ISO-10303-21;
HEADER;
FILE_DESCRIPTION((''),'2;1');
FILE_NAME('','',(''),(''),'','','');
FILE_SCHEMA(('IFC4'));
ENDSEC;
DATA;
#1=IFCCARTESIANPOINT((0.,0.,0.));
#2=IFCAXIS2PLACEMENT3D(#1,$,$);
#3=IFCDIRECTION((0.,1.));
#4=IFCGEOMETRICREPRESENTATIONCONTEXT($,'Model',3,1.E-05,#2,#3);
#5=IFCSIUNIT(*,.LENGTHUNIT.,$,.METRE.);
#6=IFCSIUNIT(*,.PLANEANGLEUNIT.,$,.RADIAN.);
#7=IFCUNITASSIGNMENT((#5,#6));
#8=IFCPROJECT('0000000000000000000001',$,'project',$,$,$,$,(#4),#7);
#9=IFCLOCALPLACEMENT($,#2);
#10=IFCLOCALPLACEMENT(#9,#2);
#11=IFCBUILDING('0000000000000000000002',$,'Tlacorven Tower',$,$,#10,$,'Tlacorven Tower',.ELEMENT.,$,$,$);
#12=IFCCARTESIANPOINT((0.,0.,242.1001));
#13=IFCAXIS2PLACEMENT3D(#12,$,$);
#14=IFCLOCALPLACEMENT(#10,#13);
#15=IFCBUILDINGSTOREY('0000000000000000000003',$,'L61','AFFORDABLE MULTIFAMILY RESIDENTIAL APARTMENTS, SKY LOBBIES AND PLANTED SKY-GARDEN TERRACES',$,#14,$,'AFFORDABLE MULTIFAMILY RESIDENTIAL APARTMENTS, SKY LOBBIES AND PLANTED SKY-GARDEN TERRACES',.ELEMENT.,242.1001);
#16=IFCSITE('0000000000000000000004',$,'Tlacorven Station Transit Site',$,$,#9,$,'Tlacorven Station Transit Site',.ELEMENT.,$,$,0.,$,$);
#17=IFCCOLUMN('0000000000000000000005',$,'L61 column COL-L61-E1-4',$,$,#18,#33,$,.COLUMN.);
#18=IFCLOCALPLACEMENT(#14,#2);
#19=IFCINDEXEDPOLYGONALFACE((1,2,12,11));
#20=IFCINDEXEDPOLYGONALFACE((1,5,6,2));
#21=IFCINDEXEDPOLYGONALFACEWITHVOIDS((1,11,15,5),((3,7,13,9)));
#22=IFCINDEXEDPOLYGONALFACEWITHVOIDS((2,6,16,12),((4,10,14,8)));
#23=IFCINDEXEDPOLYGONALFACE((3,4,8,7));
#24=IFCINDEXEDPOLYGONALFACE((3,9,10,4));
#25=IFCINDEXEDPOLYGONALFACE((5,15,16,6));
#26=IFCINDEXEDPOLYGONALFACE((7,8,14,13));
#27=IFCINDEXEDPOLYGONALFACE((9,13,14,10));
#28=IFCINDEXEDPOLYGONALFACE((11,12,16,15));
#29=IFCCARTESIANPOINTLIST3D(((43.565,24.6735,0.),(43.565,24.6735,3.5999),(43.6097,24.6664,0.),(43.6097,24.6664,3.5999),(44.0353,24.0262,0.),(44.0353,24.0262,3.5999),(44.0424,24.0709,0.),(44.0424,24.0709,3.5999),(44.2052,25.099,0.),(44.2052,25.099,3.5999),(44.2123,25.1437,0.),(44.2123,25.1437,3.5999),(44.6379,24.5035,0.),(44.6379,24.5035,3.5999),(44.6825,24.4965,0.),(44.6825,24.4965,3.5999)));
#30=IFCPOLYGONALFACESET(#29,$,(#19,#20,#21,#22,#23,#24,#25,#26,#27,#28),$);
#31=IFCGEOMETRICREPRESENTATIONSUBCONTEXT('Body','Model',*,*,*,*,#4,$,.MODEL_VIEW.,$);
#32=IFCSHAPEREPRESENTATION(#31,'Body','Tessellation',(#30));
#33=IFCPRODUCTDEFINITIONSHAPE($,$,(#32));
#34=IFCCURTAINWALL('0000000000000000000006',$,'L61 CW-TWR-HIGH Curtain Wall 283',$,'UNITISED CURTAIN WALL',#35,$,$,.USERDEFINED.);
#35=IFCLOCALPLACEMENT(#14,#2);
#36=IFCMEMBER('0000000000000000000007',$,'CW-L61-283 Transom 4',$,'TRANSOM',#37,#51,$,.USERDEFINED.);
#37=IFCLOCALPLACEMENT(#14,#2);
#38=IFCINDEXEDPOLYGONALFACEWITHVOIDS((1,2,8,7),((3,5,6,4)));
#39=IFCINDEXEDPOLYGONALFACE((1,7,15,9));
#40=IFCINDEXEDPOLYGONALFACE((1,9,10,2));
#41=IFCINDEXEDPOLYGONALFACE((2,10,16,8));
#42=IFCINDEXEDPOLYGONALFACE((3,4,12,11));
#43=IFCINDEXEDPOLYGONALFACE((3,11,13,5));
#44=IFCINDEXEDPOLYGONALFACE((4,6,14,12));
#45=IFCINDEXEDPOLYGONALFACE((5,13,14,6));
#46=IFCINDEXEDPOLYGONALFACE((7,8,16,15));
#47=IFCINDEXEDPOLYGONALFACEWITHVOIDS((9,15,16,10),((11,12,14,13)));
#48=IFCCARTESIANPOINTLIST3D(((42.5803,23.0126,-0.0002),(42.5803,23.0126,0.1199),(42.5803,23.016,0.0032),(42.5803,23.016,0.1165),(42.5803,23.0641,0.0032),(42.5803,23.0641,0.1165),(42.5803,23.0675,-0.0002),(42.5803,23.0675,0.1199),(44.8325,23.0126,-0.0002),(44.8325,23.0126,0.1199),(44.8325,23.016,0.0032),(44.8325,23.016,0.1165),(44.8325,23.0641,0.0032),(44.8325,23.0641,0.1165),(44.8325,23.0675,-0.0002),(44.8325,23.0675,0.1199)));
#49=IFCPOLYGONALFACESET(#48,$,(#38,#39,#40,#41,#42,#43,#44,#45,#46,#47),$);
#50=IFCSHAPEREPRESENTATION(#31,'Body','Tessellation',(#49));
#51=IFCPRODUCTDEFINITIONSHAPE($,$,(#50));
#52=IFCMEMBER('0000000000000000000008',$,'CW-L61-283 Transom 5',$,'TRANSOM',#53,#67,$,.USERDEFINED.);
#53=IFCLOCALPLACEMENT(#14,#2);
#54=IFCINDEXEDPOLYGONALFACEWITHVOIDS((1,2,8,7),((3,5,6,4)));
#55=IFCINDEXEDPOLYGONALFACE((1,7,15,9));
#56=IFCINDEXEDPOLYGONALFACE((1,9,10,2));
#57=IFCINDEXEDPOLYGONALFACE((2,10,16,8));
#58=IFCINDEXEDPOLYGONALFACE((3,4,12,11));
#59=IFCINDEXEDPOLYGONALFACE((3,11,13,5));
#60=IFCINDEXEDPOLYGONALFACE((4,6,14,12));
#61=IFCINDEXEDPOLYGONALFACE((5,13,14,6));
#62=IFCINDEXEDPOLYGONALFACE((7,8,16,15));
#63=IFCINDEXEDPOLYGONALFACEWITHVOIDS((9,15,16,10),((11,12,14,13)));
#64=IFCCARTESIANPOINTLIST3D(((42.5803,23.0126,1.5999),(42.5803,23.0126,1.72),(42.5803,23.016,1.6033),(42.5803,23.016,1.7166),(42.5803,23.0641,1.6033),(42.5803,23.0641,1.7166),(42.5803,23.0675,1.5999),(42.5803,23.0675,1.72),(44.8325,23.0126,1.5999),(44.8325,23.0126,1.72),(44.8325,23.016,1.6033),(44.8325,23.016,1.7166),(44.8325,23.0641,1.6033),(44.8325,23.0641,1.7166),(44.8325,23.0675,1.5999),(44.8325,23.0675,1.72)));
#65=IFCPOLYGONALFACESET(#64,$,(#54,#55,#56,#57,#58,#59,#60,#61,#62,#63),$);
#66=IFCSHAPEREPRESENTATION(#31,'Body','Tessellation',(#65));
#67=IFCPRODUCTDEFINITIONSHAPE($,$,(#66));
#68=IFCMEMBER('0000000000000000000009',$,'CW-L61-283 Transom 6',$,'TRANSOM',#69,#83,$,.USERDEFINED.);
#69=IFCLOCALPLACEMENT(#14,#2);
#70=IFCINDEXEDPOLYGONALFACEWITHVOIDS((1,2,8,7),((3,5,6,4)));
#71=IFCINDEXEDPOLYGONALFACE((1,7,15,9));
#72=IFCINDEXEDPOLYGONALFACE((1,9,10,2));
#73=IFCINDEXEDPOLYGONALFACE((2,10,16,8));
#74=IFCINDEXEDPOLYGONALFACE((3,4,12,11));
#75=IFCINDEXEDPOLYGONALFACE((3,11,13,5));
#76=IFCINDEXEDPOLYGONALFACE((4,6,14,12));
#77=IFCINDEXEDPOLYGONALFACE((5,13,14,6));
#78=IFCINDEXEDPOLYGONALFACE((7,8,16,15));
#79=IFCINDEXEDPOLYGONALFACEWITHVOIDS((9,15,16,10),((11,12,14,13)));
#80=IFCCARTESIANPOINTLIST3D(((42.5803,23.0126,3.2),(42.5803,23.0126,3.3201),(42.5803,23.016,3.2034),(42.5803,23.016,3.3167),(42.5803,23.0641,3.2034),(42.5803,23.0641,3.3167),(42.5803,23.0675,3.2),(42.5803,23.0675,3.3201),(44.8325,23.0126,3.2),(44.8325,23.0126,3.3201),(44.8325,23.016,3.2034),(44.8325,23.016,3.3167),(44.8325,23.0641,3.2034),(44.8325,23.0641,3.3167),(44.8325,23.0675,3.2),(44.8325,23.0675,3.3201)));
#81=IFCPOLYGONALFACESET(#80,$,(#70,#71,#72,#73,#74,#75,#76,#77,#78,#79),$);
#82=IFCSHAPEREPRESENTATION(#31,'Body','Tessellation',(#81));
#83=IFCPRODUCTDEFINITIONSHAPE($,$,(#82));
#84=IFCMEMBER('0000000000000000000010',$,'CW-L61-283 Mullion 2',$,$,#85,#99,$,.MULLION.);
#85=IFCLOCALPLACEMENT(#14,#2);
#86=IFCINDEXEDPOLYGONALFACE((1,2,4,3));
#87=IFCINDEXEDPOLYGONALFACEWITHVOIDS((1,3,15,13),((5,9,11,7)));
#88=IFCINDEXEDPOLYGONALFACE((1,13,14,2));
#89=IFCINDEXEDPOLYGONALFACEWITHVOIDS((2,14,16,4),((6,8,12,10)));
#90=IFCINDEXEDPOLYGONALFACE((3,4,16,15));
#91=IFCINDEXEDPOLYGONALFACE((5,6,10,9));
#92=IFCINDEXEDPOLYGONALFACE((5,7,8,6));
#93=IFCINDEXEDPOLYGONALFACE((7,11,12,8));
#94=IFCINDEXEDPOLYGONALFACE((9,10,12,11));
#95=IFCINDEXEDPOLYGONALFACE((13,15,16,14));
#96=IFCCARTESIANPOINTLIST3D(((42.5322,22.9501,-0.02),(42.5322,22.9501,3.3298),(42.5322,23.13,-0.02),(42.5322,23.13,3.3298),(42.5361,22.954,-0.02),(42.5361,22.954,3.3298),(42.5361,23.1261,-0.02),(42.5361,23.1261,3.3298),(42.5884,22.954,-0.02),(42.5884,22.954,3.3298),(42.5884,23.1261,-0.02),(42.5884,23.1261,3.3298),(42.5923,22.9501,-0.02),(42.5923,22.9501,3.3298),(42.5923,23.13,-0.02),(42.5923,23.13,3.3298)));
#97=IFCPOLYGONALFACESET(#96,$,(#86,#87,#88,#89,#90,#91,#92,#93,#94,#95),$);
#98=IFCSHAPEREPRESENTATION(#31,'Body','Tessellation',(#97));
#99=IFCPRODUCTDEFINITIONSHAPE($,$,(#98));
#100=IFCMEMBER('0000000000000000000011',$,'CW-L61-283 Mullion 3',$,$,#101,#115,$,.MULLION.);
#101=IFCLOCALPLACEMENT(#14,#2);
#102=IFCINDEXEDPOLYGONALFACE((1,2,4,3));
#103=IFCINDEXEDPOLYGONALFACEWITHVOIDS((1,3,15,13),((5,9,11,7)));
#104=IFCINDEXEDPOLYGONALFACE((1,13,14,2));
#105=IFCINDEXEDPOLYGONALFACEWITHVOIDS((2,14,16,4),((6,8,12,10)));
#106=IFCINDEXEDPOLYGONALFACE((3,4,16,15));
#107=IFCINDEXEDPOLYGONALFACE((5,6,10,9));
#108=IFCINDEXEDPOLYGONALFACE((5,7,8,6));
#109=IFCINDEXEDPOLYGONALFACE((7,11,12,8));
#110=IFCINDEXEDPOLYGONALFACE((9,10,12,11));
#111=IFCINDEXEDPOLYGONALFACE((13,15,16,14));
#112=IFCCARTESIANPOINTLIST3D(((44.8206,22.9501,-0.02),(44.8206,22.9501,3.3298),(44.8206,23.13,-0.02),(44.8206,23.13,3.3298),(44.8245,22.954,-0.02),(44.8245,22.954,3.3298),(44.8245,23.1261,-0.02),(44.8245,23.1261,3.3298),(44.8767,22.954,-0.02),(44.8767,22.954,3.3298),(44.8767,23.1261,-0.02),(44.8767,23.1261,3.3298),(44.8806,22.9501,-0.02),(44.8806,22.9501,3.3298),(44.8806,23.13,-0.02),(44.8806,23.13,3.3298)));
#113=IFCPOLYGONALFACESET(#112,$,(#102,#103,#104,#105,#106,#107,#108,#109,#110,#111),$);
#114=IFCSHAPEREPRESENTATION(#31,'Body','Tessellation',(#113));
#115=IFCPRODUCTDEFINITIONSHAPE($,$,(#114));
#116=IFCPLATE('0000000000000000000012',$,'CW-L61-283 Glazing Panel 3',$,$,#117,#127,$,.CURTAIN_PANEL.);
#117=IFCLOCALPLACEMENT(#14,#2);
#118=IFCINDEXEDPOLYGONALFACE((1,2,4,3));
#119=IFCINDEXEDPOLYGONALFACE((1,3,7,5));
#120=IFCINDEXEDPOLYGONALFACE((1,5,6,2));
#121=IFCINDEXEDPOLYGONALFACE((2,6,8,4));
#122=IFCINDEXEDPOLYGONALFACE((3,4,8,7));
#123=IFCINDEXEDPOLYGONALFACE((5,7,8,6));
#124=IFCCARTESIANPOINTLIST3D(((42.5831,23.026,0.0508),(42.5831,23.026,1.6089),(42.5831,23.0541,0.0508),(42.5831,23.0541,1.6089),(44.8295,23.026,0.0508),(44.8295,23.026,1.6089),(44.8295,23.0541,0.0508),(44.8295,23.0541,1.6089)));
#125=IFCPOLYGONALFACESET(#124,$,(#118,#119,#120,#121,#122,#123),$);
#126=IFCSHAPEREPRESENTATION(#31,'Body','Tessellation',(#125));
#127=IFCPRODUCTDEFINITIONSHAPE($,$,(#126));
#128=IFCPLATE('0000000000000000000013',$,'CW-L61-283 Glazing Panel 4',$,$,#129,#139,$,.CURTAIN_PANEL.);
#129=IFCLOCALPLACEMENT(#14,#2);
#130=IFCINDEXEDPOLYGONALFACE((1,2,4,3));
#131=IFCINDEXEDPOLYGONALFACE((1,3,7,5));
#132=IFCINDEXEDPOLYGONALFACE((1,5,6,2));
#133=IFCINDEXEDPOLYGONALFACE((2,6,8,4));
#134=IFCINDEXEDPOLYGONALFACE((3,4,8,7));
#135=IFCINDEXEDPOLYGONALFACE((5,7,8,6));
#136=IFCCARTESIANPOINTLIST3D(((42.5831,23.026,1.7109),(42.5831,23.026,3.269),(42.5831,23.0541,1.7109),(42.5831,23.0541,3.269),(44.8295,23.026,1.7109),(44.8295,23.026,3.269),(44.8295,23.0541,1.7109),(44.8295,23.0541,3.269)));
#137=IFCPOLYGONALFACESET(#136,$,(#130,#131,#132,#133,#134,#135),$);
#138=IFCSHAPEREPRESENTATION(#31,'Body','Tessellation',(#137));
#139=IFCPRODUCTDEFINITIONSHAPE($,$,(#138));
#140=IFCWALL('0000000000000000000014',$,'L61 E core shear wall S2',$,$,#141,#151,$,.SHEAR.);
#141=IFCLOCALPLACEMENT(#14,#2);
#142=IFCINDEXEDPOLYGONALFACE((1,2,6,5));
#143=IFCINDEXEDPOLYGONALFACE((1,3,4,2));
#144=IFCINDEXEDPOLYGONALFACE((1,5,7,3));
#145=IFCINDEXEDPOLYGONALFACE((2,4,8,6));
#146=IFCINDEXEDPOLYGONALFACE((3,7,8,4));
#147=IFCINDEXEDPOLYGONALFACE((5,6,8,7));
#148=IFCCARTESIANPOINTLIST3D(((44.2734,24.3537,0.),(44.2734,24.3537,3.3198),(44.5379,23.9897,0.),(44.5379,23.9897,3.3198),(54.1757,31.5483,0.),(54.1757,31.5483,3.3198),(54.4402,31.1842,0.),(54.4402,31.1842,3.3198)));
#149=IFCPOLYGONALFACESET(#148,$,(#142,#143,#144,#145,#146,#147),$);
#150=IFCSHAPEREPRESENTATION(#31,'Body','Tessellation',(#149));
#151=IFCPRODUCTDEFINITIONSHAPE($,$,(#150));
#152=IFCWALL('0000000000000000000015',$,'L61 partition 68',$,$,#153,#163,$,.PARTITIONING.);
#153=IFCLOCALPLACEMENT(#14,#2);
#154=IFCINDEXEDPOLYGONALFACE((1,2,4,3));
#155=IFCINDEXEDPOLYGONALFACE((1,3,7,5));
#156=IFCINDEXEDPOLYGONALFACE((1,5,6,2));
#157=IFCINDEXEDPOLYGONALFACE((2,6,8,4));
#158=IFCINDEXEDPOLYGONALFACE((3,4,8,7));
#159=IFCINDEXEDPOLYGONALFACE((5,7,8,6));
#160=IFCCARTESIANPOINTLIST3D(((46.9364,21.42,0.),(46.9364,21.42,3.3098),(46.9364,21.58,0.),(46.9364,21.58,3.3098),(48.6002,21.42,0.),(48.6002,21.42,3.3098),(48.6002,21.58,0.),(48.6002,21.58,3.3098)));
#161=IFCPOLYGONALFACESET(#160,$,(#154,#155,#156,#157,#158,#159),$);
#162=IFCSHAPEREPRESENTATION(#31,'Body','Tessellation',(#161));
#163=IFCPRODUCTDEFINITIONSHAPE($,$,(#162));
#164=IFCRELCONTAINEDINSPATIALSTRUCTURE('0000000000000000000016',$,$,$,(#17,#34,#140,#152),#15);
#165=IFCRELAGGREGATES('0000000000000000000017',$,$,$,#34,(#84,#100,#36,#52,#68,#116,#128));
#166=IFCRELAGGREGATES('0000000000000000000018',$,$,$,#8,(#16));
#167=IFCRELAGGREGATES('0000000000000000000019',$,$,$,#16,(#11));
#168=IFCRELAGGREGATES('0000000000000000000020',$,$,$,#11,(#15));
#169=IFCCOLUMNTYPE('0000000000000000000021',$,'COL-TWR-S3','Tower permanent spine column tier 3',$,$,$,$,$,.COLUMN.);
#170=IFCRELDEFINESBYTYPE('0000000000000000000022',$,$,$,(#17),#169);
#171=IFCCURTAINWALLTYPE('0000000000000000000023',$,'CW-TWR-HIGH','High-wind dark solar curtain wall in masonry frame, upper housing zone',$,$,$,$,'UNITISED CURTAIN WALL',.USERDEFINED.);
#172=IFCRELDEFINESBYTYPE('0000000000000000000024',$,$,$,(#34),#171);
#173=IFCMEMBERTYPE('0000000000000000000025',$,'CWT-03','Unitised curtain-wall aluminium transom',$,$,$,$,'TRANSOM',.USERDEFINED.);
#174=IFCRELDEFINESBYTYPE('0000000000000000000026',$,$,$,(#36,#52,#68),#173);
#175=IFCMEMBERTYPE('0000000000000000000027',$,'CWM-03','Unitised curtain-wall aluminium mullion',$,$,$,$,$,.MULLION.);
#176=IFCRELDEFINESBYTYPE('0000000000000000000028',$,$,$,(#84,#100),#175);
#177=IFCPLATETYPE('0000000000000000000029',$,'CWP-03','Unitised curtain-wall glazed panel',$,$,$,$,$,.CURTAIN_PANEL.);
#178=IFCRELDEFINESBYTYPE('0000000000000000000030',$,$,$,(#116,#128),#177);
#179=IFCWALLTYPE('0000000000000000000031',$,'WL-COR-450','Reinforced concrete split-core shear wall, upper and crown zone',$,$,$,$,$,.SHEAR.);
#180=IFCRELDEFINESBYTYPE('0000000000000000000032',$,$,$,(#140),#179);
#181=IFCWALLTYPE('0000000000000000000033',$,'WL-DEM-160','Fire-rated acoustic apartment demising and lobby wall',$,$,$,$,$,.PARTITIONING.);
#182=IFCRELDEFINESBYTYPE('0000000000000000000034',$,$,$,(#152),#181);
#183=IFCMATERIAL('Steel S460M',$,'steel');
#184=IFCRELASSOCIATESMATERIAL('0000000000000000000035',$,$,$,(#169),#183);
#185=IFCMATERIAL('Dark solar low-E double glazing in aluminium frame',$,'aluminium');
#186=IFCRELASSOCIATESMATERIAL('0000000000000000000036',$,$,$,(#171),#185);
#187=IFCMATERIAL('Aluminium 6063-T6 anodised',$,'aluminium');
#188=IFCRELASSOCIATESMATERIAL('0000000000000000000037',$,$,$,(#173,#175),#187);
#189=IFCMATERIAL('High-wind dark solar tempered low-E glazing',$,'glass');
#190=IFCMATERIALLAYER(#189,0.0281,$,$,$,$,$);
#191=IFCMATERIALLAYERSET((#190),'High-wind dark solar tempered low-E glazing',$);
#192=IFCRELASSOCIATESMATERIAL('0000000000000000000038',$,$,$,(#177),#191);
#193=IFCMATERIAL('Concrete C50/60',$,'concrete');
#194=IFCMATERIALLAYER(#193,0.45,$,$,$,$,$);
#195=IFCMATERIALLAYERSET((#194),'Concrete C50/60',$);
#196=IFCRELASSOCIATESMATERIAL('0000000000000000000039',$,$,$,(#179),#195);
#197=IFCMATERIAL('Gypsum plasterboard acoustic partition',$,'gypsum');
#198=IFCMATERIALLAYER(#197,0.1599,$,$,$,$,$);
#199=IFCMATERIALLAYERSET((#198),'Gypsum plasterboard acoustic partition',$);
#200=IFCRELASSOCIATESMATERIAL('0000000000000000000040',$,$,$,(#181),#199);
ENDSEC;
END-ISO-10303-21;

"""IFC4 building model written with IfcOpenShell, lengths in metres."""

from ifc_helpers import new_model, si_unit, direction, frame, frame_2d, origin, origin_2d, place, context, subcontext, project, spatial, rectangle, hollow_rectangle, extrude, source, transform, mapped, material, layer, layer_set, material_profile, profile_set, type_object, element, aggregate, save


model = new_model("IFC4")

# Units and contexts
model_context = context("Model", 3, precision=1e-05, world=origin(), true_north=direction((0.0, 1.0)))
body_context = subcontext(model_context, "Body", "Model", "MODEL_VIEW")
ifc_project = project(units=[si_unit("LENGTHUNIT", "METRE"), si_unit("PLANEANGLEUNIT", "RADIAN")], contexts=[model_context])

# Site, building, storey
site_placement = place(None, origin())
site = spatial("IfcSite", under=ifc_project, at=site_placement, Name="Tlacorven Station Transit Site", LongName="Tlacorven Station Transit Site", CompositionType="ELEMENT", RefElevation=0.0)
building_placement = place(site_placement, origin())
building = spatial("IfcBuilding", under=site, at=building_placement, Name="Tlacorven Tower", LongName="Tlacorven Tower", CompositionType="ELEMENT")
storey_placement = place(building_placement, frame((0.0, 0.0, 242.1001)))
storey = spatial("IfcBuildingStorey", under=building, at=storey_placement, Name="L61", Description="AFFORDABLE MULTIFAMILY RESIDENTIAL APARTMENTS, SKY LOBBIES AND PLANTED SKY-GARDEN TERRACES", LongName="AFFORDABLE MULTIFAMILY RESIDENTIAL APARTMENTS, SKY LOBBIES AND PLANTED SKY-GARDEN TERRACES", CompositionType="ELEMENT", Elevation=242.1001)

# Column
ifc_material_1 = material(Name="Steel S460M", Category="steel")
ifc_material_profile_1 = material_profile(ifc_material_1, hollow_rectangle(XDim=0.8, YDim=0.8, WallThickness=0.032, at=origin_2d()), Name="BOX 800X800X32")
ifc_profile_set_1 = profile_set([ifc_material_profile_1], Name="Steel S460M")
column_type = type_object("IfcColumnType", Name="COL-TWR-S3", Description="Tower permanent spine column tier 3", PredefinedType="COLUMN", material=ifc_profile_set_1)
shared_shape_1 = source(origin(), body_context, "Body", "SweptSolid", [
    extrude(hollow_rectangle(XDim=0.8, YDim=0.8, WallThickness=0.032, at=origin_2d()), origin(), (0.0, 0.0, 1.0), 3.5999),
])
column_placement = place(storey_placement, frame((44.1238, 24.585, 0.0), z_axis=(0.0, 0.0, 1.0), x_axis=(0.809017, 0.587785, 0.0)))
element("IfcColumn", 1, at=column_placement, inside=storey, type_object=column_type, Name="L61 column COL-L61-E1-4", PredefinedType="COLUMN", context=body_context, shape_type="MappedRepresentation", body=[
    mapped(shared_shape_1, transform((0.0, 0.0, 0.0), scale=1.0)),
])

# Curtain wall, members, plates
ifc_material_2 = material(Name="Dark solar low-E double glazing in aluminium frame", Category="aluminium")
curtain_wall_type = type_object("IfcCurtainWallType", Name="CW-TWR-HIGH", Description="High-wind dark solar curtain wall in masonry frame, upper housing zone", ElementType="UNITISED CURTAIN WALL", PredefinedType="USERDEFINED", material=ifc_material_2)
curtain_wall_placement = place(storey_placement, origin())
curtain_wall = element("IfcCurtainWall", 2, at=curtain_wall_placement, inside=storey, type_object=curtain_wall_type, Name="L61 CW-TWR-HIGH Curtain Wall 283", ObjectType="UNITISED CURTAIN WALL", PredefinedType="USERDEFINED")
ifc_material_3 = material(Name="Aluminium 6063-T6 anodised", Category="aluminium")
ifc_material_profile_2 = material_profile(ifc_material_3, hollow_rectangle(XDim=0.0549, YDim=0.1201, WallThickness=0.0034, at=origin_2d()), Name="ALU TRANSOM 55X120")
ifc_profile_set_2 = profile_set([ifc_material_profile_2], Name="Aluminium 6063-T6 anodised")
member_type_1 = type_object("IfcMemberType", Name="CWT-03", Description="Unitised curtain-wall aluminium transom", ElementType="TRANSOM", PredefinedType="USERDEFINED", material=ifc_profile_set_2)
shared_shape_2 = source(origin(), body_context, "Body", "SweptSolid", [
    extrude(hollow_rectangle(XDim=0.0549, YDim=0.1201, WallThickness=0.0034, at=origin_2d()), origin(), (0.0, 0.0, 1.0), 2.2522),
])
member_1_placement = place(storey_placement, frame((42.5803, 23.04, 0.0598), z_axis=(1.0, 0.0, 0.0), x_axis=(0.0, 1.0, 0.0)))
member_1 = element("IfcMember", 3, at=member_1_placement, type_object=member_type_1, Name="CW-L61-283 Transom 4", ObjectType="TRANSOM", PredefinedType="USERDEFINED", context=body_context, shape_type="MappedRepresentation", body=[
    mapped(shared_shape_2, transform((0.0, 0.0, 0.0), scale=1.0)),
])
member_2_placement = place(storey_placement, frame((42.5803, 23.04, 1.6599), z_axis=(1.0, 0.0, 0.0), x_axis=(0.0, 1.0, 0.0)))
member_2 = element("IfcMember", 4, at=member_2_placement, type_object=member_type_1, Name="CW-L61-283 Transom 5", ObjectType="TRANSOM", PredefinedType="USERDEFINED", context=body_context, shape_type="MappedRepresentation", body=[
    mapped(shared_shape_2, transform((0.0, 0.0, 0.0), scale=1.0)),
])
member_3_placement = place(storey_placement, frame((42.5803, 23.04, 3.26), z_axis=(1.0, 0.0, 0.0), x_axis=(0.0, 1.0, 0.0)))
member_3 = element("IfcMember", 5, at=member_3_placement, type_object=member_type_1, Name="CW-L61-283 Transom 6", ObjectType="TRANSOM", PredefinedType="USERDEFINED", context=body_context, shape_type="MappedRepresentation", body=[
    mapped(shared_shape_2, transform((0.0, 0.0, 0.0), scale=1.0)),
])
ifc_material_profile_3 = material_profile(ifc_material_3, hollow_rectangle(XDim=0.0601, YDim=0.1799, WallThickness=0.0039, at=origin_2d()), Name="ALU MULLION 60X180")
ifc_profile_set_3 = profile_set([ifc_material_profile_3], Name="Aluminium 6063-T6 anodised")
member_type_2 = type_object("IfcMemberType", Name="CWM-03", Description="Unitised curtain-wall aluminium mullion", PredefinedType="MULLION", material=ifc_profile_set_3)
shared_shape_3 = source(origin(), body_context, "Body", "SweptSolid", [
    extrude(hollow_rectangle(XDim=0.0601, YDim=0.1799, WallThickness=0.0039, at=origin_2d()), origin(), (0.0, 0.0, 1.0), 3.3499),
])
member_4_placement = place(storey_placement, frame((42.5623, 23.04, -0.02), z_axis=(0.0, 0.0, 1.0), x_axis=(1.0, 0.0, 0.0)))
member_4 = element("IfcMember", 6, at=member_4_placement, type_object=member_type_2, Name="CW-L61-283 Mullion 2", PredefinedType="MULLION", context=body_context, shape_type="MappedRepresentation", body=[
    mapped(shared_shape_3, transform((0.0, 0.0, 0.0), scale=1.0)),
])
member_5_placement = place(storey_placement, frame((44.8506, 23.04, -0.02), z_axis=(0.0, 0.0, 1.0), x_axis=(1.0, 0.0, 0.0)))
member_5 = element("IfcMember", 7, at=member_5_placement, type_object=member_type_2, Name="CW-L61-283 Mullion 3", PredefinedType="MULLION", context=body_context, shape_type="MappedRepresentation", body=[
    mapped(shared_shape_3, transform((0.0, 0.0, 0.0), scale=1.0)),
])
ifc_material_4 = material(Name="High-wind dark solar tempered low-E glazing", Category="glass")
ifc_layer_1 = layer(ifc_material_4, 0.0281)
ifc_layer_set_1 = layer_set([ifc_layer_1], Name="High-wind dark solar tempered low-E glazing")
plate_type = type_object("IfcPlateType", Name="CWP-03", Description="Unitised curtain-wall glazed panel", PredefinedType="CURTAIN_PANEL", material=ifc_layer_set_1)
shared_shape_4 = source(origin(), body_context, "Body", "SweptSolid", [
    extrude(rectangle(XDim=2.2463, YDim=0.0281, at=origin_2d()), origin(), (0.0, 0.0, 1.0), 1.5581),
])
plate_1_placement = place(storey_placement, frame((43.7063, 23.04, 0.0508), z_axis=(0.0, 0.0, 1.0), x_axis=(1.0, 0.0, 0.0)))
plate_1 = element("IfcPlate", 8, at=plate_1_placement, type_object=plate_type, Name="CW-L61-283 Glazing Panel 3", PredefinedType="CURTAIN_PANEL", context=body_context, shape_type="MappedRepresentation", body=[
    mapped(shared_shape_4, transform((0.0, 0.0, 0.0), scale=1.0)),
])
plate_2_placement = place(storey_placement, frame((43.7063, 23.04, 1.7109), z_axis=(0.0, 0.0, 1.0), x_axis=(1.0, 0.0, 0.0)))
plate_2 = element("IfcPlate", 9, at=plate_2_placement, type_object=plate_type, Name="CW-L61-283 Glazing Panel 4", PredefinedType="CURTAIN_PANEL", context=body_context, shape_type="MappedRepresentation", body=[
    mapped(shared_shape_4, transform((0.0, 0.0, 0.0), scale=1.0)),
])
aggregate(curtain_wall, [member_4, member_5, member_1, member_2, member_3, plate_1, plate_2])

# Walls
ifc_material_5 = material(Name="Concrete C50/60", Category="concrete")
ifc_layer_2 = layer(ifc_material_5, 0.45)
ifc_layer_set_2 = layer_set([ifc_layer_2], Name="Concrete C50/60")
wall_type_1 = type_object("IfcWallType", Name="WL-COR-450", Description="Reinforced concrete split-core shear wall, upper and crown zone", PredefinedType="SHEAR", material=ifc_layer_set_2)
wall_1_placement = place(storey_placement, frame((44.4055, 24.1716, 0.0), z_axis=(0.0, 0.0, 1.0), x_axis=(0.809013, 0.587791, 0.0)))
element("IfcWall", 10, at=wall_1_placement, inside=storey, type_object=wall_type_1, Name="L61 E core shear wall S2", PredefinedType="SHEAR", context=body_context, shape_type="SweptSolid", body=[
    extrude(rectangle(XDim=12.24, YDim=0.45, at=frame_2d((6.1201, 0.0))), origin(), (0.0, 0.0, 1.0), 3.3198),
])
ifc_material_6 = material(Name="Gypsum plasterboard acoustic partition", Category="gypsum")
ifc_layer_3 = layer(ifc_material_6, 0.1599)
ifc_layer_set_3 = layer_set([ifc_layer_3], Name="Gypsum plasterboard acoustic partition")
wall_type_2 = type_object("IfcWallType", Name="WL-DEM-160", Description="Fire-rated acoustic apartment demising and lobby wall", PredefinedType="PARTITIONING", material=ifc_layer_set_3)
wall_2_placement = place(storey_placement, frame((46.9363, 21.5, 0.0), z_axis=(0.0, 0.0, 1.0), x_axis=(1.0, 0.0, 0.0)))
element("IfcWall", 11, at=wall_2_placement, inside=storey, type_object=wall_type_2, Name="L61 partition 68", PredefinedType="PARTITIONING", context=body_context, shape_type="SweptSolid", body=[
    extrude(rectangle(XDim=1.6638, YDim=0.1599, at=frame_2d((0.832, 0.0))), origin(), (0.0, 0.0, 1.0), 3.3098),
])

save(model, "model.ifc")
